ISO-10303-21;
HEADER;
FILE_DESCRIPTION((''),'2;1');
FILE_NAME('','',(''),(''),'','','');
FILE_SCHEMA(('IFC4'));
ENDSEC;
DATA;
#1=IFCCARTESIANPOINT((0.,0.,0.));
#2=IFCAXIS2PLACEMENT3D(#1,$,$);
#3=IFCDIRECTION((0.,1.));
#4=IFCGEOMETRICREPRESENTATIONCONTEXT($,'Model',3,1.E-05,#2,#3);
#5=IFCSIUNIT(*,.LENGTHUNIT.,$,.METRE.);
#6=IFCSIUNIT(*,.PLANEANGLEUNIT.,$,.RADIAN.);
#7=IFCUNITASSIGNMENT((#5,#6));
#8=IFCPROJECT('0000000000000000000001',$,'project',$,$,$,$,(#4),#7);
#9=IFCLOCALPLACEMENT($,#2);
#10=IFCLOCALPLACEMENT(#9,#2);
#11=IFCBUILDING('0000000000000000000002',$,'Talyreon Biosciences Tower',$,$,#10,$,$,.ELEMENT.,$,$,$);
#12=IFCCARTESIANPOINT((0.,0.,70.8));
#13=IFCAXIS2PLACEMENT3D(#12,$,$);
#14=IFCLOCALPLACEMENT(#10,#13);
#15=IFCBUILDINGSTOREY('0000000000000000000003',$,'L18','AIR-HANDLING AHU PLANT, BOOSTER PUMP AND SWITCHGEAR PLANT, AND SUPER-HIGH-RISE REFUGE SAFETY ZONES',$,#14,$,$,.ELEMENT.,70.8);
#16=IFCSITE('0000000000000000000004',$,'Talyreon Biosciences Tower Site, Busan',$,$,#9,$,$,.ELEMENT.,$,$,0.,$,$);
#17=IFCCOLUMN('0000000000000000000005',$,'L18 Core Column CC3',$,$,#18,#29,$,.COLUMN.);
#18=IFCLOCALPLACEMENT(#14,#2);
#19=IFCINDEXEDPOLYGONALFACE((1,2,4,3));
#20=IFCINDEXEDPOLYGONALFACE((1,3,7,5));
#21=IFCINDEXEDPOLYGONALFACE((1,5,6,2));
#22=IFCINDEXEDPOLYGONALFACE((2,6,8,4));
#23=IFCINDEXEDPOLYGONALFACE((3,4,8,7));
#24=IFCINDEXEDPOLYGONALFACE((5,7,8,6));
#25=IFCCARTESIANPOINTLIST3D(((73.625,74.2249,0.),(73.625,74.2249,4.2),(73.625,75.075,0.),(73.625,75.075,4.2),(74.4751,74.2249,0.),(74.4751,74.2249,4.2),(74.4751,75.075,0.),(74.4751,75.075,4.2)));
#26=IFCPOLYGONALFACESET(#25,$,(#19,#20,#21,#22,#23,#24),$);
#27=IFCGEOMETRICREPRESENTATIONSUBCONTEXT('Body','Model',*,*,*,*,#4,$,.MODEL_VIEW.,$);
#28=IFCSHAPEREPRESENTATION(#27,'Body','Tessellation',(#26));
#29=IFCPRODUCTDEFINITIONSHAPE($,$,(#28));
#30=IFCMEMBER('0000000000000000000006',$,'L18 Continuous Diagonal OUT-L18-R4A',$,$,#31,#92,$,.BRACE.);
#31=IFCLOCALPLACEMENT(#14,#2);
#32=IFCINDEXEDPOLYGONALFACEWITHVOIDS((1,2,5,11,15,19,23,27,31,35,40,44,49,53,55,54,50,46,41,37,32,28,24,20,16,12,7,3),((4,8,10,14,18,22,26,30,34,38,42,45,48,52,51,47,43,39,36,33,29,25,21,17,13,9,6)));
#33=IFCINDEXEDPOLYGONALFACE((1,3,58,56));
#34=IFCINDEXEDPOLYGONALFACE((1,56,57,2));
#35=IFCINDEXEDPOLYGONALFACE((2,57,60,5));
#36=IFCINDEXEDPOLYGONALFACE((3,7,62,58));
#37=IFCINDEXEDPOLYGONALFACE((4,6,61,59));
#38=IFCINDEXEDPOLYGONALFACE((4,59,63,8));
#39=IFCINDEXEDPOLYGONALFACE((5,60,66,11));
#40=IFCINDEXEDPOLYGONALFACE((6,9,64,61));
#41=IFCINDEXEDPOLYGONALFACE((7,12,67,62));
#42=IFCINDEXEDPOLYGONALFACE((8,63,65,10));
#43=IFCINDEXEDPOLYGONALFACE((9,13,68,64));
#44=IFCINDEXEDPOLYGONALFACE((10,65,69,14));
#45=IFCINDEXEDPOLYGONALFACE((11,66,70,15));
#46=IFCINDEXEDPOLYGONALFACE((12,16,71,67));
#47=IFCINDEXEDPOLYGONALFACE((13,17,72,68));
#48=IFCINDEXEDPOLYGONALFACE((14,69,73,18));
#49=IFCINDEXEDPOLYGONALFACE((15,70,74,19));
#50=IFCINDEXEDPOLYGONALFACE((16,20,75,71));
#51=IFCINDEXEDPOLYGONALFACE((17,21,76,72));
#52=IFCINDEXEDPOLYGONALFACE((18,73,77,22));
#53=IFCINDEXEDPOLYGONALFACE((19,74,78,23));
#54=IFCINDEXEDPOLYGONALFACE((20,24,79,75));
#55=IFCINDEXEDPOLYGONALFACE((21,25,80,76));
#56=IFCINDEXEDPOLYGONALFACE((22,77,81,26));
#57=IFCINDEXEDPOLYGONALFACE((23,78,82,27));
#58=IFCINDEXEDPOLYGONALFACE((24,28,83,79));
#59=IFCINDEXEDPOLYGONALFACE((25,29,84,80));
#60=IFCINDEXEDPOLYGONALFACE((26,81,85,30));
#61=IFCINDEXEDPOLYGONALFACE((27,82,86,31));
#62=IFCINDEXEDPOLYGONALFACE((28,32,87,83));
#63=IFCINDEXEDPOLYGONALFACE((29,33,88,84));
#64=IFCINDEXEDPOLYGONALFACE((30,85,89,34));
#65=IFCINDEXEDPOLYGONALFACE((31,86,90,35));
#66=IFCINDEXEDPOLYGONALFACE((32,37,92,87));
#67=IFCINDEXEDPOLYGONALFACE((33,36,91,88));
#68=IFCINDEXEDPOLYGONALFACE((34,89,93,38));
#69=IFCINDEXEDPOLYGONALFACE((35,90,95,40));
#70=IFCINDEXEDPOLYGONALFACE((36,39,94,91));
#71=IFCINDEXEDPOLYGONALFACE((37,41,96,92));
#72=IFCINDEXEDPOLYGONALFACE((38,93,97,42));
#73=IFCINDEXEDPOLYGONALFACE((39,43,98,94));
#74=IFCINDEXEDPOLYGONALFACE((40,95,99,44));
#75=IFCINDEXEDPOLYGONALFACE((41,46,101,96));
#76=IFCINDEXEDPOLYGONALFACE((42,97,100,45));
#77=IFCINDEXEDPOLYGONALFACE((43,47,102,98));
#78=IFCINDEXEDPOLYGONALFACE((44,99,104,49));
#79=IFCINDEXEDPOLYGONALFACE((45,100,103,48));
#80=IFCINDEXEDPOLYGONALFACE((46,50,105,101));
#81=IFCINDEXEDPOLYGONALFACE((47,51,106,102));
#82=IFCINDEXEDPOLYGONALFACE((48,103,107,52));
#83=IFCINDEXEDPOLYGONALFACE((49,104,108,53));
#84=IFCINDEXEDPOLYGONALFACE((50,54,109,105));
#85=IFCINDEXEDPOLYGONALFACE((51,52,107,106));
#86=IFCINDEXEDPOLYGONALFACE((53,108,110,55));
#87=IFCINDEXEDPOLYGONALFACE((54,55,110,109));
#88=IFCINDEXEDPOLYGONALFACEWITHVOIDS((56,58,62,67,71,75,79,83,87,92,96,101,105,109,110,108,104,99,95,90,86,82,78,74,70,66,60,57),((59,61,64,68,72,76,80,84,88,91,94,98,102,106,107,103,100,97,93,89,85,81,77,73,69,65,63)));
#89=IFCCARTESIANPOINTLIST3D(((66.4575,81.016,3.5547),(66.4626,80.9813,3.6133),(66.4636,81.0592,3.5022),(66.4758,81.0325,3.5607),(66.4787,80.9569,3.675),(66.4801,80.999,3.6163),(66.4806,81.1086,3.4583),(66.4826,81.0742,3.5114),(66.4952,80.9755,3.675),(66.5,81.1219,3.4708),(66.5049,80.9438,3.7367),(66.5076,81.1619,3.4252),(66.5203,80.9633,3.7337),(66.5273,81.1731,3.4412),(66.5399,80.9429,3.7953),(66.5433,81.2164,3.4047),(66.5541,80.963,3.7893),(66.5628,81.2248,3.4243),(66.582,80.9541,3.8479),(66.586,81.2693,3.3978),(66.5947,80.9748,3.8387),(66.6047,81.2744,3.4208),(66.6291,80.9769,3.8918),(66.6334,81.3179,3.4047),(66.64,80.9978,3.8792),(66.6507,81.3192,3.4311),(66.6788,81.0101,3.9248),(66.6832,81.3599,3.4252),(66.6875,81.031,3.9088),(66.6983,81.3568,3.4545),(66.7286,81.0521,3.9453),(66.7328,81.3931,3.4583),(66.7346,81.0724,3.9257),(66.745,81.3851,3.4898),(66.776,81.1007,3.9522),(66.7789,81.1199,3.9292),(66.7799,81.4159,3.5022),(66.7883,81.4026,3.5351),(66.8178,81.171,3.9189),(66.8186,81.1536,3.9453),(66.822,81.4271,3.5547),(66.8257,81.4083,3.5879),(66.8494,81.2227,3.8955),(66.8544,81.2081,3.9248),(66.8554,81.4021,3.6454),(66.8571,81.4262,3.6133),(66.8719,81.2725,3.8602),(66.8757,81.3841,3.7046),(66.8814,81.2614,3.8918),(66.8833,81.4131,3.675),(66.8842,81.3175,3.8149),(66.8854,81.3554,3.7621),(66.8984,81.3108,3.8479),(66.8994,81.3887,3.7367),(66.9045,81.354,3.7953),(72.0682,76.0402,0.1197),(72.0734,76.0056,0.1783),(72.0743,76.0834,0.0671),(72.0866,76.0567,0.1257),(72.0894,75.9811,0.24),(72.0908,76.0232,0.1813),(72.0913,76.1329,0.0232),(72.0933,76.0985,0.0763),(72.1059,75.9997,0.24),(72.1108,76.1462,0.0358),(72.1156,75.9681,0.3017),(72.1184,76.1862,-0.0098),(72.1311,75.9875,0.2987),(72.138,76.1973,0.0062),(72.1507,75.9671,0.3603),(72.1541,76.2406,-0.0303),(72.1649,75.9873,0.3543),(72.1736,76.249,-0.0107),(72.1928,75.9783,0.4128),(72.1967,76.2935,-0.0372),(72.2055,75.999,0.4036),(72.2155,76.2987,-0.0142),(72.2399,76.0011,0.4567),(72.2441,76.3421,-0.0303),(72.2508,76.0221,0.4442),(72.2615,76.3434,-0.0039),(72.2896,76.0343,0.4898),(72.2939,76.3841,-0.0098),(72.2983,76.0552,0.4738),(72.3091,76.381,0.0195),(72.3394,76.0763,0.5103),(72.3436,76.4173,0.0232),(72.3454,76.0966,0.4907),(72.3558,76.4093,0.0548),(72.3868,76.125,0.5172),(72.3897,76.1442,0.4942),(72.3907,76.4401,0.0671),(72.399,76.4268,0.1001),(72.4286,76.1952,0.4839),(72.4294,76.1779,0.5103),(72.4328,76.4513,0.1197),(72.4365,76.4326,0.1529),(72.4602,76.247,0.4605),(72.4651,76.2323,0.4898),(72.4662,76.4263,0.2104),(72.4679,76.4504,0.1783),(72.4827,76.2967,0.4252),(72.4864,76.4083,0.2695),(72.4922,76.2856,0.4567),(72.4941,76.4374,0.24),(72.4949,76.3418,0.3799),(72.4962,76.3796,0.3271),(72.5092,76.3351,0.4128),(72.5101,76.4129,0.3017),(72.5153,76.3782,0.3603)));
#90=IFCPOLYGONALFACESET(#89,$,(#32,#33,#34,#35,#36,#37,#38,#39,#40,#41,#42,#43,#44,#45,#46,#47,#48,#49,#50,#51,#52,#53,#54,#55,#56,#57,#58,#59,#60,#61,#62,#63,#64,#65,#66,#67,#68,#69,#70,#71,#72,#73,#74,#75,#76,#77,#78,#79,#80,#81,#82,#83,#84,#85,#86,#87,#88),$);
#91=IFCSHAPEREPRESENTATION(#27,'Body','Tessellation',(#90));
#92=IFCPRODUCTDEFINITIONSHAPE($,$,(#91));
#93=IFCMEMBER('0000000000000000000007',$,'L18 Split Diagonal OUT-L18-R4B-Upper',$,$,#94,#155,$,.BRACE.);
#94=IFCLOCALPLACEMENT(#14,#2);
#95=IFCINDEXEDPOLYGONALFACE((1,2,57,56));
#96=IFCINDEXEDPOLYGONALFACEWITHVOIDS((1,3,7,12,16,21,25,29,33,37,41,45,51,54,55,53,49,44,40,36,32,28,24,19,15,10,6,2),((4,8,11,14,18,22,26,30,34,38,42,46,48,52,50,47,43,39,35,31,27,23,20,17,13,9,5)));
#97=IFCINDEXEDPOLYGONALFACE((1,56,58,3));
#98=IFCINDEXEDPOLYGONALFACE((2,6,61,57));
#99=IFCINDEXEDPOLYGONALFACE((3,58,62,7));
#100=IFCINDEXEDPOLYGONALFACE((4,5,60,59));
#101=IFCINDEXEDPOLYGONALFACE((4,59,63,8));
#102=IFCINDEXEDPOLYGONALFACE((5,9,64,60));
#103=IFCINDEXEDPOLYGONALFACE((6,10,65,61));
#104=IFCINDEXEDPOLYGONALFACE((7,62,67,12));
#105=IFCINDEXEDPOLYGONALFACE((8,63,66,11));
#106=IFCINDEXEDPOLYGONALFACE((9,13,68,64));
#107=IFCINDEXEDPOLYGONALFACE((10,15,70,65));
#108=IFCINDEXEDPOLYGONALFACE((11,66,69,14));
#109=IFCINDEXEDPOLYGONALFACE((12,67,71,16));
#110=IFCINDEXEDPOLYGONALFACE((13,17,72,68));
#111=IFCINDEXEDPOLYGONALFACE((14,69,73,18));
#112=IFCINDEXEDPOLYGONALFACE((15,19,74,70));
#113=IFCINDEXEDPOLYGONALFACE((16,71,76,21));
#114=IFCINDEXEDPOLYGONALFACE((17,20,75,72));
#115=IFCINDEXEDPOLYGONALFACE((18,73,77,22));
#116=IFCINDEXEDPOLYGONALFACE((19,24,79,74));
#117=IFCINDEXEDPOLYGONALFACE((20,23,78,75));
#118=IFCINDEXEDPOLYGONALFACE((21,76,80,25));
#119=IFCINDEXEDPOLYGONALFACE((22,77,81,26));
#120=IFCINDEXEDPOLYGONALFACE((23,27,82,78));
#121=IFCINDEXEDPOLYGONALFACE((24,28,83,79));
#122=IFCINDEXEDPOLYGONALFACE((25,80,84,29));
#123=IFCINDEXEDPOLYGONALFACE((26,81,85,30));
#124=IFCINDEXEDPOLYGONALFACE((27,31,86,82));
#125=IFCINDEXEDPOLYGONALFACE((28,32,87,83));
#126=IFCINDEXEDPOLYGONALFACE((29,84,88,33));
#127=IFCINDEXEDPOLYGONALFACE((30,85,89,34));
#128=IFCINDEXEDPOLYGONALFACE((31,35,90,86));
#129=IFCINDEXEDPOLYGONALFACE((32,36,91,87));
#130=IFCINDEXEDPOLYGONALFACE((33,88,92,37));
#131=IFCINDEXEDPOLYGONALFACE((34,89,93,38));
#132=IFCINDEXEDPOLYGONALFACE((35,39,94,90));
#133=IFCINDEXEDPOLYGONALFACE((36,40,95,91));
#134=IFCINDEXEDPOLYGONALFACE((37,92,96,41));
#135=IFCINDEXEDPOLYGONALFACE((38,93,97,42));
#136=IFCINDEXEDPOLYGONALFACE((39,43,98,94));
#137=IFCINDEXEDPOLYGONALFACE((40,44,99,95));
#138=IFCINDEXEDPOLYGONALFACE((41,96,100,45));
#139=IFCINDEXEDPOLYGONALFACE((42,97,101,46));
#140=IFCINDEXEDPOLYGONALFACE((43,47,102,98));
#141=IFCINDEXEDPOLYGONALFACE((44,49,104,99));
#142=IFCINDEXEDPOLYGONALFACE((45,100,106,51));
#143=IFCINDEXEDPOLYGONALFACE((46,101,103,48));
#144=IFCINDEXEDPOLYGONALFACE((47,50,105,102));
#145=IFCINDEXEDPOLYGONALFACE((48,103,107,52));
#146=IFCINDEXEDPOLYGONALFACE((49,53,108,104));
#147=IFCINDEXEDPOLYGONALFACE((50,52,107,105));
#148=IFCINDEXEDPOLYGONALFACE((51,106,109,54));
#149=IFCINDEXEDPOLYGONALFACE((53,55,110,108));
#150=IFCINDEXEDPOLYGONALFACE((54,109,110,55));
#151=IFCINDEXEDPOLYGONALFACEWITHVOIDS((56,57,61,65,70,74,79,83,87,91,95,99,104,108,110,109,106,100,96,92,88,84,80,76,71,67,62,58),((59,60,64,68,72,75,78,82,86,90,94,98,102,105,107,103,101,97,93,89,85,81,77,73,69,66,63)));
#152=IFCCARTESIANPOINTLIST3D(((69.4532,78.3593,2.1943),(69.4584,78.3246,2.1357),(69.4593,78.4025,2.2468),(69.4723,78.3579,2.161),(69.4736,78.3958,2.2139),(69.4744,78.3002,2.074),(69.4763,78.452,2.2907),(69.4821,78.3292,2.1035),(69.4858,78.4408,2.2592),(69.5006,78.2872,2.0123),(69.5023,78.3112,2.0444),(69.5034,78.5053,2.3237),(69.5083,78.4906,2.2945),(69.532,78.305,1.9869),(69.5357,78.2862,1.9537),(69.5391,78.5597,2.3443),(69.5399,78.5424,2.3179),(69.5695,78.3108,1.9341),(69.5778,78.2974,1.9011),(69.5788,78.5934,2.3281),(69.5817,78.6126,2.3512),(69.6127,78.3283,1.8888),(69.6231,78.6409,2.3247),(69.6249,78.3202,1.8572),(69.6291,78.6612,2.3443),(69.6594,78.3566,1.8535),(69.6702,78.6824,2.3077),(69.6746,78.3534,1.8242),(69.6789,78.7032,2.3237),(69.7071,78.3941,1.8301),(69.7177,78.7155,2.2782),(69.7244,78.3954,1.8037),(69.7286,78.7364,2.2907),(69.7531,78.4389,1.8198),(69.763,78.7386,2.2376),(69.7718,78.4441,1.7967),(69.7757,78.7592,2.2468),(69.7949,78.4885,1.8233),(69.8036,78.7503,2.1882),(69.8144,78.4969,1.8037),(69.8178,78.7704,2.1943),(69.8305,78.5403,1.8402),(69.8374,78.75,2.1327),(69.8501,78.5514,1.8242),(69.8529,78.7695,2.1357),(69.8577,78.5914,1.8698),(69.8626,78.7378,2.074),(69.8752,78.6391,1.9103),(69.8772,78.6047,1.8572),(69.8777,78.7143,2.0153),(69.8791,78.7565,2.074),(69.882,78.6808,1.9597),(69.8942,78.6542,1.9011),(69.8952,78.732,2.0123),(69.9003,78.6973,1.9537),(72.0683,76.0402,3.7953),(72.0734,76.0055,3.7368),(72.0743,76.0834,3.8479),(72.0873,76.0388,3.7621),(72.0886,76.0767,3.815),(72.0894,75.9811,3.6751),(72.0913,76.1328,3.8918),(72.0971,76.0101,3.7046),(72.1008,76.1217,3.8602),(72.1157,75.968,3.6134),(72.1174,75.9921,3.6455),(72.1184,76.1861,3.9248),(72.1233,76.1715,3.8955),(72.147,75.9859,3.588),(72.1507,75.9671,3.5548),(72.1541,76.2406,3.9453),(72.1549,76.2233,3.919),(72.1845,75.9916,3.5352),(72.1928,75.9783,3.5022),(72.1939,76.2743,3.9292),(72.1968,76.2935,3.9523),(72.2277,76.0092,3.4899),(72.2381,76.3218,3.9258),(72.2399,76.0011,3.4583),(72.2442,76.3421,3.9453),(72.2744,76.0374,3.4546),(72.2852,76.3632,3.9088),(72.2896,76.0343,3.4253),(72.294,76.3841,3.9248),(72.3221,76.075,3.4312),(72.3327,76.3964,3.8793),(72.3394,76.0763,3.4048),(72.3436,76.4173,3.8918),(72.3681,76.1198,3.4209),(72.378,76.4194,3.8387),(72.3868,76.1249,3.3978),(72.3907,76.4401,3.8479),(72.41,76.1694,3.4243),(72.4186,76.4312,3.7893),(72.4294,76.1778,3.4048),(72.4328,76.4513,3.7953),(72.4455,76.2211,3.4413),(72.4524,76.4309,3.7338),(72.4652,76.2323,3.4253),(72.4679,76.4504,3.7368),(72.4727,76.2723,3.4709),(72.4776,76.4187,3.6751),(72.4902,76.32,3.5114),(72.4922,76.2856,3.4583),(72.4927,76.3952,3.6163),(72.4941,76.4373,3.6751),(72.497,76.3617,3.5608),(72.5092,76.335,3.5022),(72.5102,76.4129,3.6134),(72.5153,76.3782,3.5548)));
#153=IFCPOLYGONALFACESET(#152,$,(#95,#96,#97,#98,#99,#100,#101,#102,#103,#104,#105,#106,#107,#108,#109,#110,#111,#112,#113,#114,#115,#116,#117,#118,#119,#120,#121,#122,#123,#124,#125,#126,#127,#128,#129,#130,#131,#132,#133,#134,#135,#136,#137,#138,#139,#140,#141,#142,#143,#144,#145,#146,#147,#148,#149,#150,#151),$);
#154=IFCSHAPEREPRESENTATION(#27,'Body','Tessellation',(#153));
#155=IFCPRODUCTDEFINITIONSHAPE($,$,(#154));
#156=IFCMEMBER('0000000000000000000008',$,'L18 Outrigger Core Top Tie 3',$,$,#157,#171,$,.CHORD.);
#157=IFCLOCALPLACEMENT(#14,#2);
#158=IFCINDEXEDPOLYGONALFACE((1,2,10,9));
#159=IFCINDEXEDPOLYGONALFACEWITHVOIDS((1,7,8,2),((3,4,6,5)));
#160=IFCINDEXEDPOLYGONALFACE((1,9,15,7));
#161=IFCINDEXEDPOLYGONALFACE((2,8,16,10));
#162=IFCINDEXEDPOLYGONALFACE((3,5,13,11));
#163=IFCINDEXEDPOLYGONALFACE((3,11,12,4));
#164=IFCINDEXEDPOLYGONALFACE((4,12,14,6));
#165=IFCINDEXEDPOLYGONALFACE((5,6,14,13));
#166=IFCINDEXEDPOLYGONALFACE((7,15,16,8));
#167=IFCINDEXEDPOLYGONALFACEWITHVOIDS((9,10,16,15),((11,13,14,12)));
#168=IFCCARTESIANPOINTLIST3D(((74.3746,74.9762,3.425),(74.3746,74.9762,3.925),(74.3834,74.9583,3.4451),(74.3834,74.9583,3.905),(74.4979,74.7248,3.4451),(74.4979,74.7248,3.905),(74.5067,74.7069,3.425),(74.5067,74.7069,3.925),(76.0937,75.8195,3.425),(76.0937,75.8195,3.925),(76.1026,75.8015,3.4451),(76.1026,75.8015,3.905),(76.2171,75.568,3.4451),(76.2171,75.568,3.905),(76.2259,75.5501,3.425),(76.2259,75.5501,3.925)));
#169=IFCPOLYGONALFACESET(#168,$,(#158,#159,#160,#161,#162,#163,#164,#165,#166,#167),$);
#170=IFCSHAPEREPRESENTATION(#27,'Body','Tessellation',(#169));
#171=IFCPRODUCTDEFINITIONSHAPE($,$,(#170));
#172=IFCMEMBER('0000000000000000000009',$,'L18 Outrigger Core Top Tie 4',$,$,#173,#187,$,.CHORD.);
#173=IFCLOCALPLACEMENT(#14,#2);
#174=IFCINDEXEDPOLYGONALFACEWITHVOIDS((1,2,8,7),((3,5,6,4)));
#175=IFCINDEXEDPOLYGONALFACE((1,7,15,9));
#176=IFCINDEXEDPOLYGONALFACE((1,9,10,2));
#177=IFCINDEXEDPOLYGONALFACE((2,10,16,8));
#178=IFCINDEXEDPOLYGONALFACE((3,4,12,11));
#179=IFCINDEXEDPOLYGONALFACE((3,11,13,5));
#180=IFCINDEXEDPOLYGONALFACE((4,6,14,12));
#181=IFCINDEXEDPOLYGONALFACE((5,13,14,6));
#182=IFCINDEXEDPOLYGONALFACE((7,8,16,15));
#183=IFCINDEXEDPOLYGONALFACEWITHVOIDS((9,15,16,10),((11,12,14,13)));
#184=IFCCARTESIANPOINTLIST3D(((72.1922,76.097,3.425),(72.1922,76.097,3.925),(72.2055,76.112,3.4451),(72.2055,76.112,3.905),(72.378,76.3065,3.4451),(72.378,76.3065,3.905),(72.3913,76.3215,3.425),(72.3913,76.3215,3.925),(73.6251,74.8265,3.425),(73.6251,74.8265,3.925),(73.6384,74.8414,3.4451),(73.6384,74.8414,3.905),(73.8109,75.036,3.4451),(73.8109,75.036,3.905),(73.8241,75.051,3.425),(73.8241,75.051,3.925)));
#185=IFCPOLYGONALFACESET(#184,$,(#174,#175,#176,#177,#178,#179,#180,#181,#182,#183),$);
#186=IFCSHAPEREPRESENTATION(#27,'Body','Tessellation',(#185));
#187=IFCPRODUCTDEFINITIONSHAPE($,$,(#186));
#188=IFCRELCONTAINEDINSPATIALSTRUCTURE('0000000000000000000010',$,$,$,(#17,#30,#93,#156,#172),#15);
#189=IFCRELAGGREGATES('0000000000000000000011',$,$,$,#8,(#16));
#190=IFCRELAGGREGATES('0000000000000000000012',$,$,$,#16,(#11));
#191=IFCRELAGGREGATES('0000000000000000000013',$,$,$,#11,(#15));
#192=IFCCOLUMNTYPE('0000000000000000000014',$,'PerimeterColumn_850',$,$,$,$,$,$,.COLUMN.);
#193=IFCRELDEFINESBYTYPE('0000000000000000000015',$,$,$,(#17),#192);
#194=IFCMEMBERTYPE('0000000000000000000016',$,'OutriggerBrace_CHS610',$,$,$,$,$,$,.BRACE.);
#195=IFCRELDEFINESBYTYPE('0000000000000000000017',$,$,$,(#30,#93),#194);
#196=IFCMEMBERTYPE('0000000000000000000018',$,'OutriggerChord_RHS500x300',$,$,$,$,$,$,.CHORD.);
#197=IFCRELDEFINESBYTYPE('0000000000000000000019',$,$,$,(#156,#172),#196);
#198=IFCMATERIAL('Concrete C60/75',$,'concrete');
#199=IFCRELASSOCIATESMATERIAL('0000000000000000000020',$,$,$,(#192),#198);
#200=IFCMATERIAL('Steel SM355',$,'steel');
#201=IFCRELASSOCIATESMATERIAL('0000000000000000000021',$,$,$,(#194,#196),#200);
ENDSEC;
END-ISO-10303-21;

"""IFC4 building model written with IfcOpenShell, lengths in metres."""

from ifc_helpers import new_model, si_unit, direction, frame, origin, origin_2d, place, context, subcontext, project, spatial, rectangle, hollow_rectangle, hollow_circle, extrude, material, material_profile, profile_set, type_object, element, save


model = new_model("IFC4")

# Units and contexts
model_context = context("Model", 3, precision=1e-05, world=origin(), true_north=direction((0.0, 1.0)))
body_context = subcontext(model_context, "Body", "Model", "MODEL_VIEW")
ifc_project = project(units=[si_unit("LENGTHUNIT", "METRE"), si_unit("PLANEANGLEUNIT", "RADIAN")], contexts=[model_context])

# Site, building, storey
site_placement = place(None, origin())
site = spatial("IfcSite", under=ifc_project, at=site_placement, Name="Talyreon Biosciences Tower Site, Busan", CompositionType="ELEMENT", RefElevation=0.0)
building_placement = place(site_placement, origin())
building = spatial("IfcBuilding", under=site, at=building_placement, Name="Talyreon Biosciences Tower", CompositionType="ELEMENT")
storey_placement = place(building_placement, frame((0.0, 0.0, 70.8)))
storey = spatial("IfcBuildingStorey", under=building, at=storey_placement, Name="L18", Description="AIR-HANDLING AHU PLANT, BOOSTER PUMP AND SWITCHGEAR PLANT, AND SUPER-HIGH-RISE REFUGE SAFETY ZONES", CompositionType="ELEMENT", Elevation=70.8)

# Column
ifc_material_1 = material(Name="Concrete C60/75", Category="concrete")
ifc_material_profile_1 = material_profile(ifc_material_1, rectangle(XDim=0.8501, YDim=0.8501, at=origin_2d()), Name="RC 850x850")
ifc_profile_set_1 = profile_set([ifc_material_profile_1], Name="Concrete C60/75")
column_type = type_object("IfcColumnType", Name="PerimeterColumn_850", PredefinedType="COLUMN", material=ifc_profile_set_1)
column_placement = place(storey_placement, frame((74.05, 74.6499, 0.0), z_axis=(0.0, 0.0, 1.0), x_axis=(1.0, 0.0, 0.0)))
element("IfcColumn", 1, at=column_placement, inside=storey, type_object=column_type, Name="L18 Core Column CC3", PredefinedType="COLUMN", context=body_context, shape_type="SweptSolid", body=[
    extrude(rectangle(XDim=0.8501, YDim=0.8501, at=origin_2d()), origin(), (0.0, 0.0, 1.0), 4.2),
])

# Members
ifc_material_2 = material(Name="Steel SM355", Category="steel")
ifc_material_profile_2 = material_profile(ifc_material_2, hollow_circle(Radius=0.3049, WallThickness=0.0249, at=origin_2d()), Name="CHS 610x25")
ifc_profile_set_2 = profile_set([ifc_material_profile_2], Name="Steel SM355")
member_type_1 = type_object("IfcMemberType", Name="OutriggerBrace_CHS610", PredefinedType="BRACE", material=ifc_profile_set_2)
member_1_placement = place(storey_placement, frame((72.2917, 76.2092, 0.24), z_axis=(-0.680214, 0.60323, 0.416439), x_axis=(-0.663501, -0.748176, 0.0)))
element("IfcMember", 2, at=member_1_placement, inside=storey, type_object=member_type_1, Name="L18 Continuous Diagonal OUT-L18-R4A", PredefinedType="BRACE", context=body_context, shape_type="SweptSolid", body=[
    extrude(hollow_circle(Radius=0.3049, WallThickness=0.0249, at=origin_2d()), origin(), (0.0, 0.0, 1.0), 8.2485),
])
member_2_placement = place(storey_placement, frame((69.6768, 78.5283, 2.074), z_axis=(0.680199, -0.603231, 0.416464), x_axis=(0.663509, 0.748168, 0.0)))
element("IfcMember", 3, at=member_2_placement, inside=storey, type_object=member_type_1, Name="L18 Split Diagonal OUT-L18-R4B-Upper", PredefinedType="BRACE", context=body_context, shape_type="SweptSolid", body=[
    extrude(hollow_circle(Radius=0.3049, WallThickness=0.0249, at=origin_2d()), origin(), (0.0, 0.0, 1.0), 3.8445),
])
ifc_material_profile_3 = material_profile(ifc_material_2, hollow_rectangle(XDim=0.3, YDim=0.5, WallThickness=0.02, at=origin_2d()), Name="RHS 500x300x20")
ifc_profile_set_3 = profile_set([ifc_material_profile_3], Name="Steel SM355")
member_type_2 = type_object("IfcMemberType", Name="OutriggerChord_RHS500x300", PredefinedType="CHORD", material=ifc_profile_set_3)
member_3_placement = place(storey_placement, frame((74.4407, 74.8416, 3.675), z_axis=(0.897818, 0.440367, 0.0), x_axis=(-0.440367, 0.897818, 0.0)))
element("IfcMember", 4, at=member_3_placement, inside=storey, type_object=member_type_2, Name="L18 Outrigger Core Top Tie 3", PredefinedType="CHORD", context=body_context, shape_type="SweptSolid", body=[
    extrude(hollow_rectangle(XDim=0.3, YDim=0.5, WallThickness=0.02, at=origin_2d()), origin(), (0.0, 0.0, 1.0), 1.9148),
])
for number, where, z_axis, x_axis, name in (
    (5, (73.7246, 74.9387, 3.675), (-0.748225, 0.663445, 0.0), (-0.663445, -0.748225, 0.0), "L18 Outrigger Core Top Tie 4"),
):
    element("IfcMember", number, at=place(storey_placement, frame(where, z_axis=z_axis, x_axis=x_axis)), inside=storey, type_object=member_type_2, Name=name, PredefinedType="CHORD", context=body_context, shape_type="SweptSolid", body=[
        extrude(hollow_rectangle(XDim=0.3, YDim=0.5, WallThickness=0.02, at=origin_2d()), origin(), (0.0, 0.0, 1.0), 1.915),
    ])

save(model, "model.ifc")
